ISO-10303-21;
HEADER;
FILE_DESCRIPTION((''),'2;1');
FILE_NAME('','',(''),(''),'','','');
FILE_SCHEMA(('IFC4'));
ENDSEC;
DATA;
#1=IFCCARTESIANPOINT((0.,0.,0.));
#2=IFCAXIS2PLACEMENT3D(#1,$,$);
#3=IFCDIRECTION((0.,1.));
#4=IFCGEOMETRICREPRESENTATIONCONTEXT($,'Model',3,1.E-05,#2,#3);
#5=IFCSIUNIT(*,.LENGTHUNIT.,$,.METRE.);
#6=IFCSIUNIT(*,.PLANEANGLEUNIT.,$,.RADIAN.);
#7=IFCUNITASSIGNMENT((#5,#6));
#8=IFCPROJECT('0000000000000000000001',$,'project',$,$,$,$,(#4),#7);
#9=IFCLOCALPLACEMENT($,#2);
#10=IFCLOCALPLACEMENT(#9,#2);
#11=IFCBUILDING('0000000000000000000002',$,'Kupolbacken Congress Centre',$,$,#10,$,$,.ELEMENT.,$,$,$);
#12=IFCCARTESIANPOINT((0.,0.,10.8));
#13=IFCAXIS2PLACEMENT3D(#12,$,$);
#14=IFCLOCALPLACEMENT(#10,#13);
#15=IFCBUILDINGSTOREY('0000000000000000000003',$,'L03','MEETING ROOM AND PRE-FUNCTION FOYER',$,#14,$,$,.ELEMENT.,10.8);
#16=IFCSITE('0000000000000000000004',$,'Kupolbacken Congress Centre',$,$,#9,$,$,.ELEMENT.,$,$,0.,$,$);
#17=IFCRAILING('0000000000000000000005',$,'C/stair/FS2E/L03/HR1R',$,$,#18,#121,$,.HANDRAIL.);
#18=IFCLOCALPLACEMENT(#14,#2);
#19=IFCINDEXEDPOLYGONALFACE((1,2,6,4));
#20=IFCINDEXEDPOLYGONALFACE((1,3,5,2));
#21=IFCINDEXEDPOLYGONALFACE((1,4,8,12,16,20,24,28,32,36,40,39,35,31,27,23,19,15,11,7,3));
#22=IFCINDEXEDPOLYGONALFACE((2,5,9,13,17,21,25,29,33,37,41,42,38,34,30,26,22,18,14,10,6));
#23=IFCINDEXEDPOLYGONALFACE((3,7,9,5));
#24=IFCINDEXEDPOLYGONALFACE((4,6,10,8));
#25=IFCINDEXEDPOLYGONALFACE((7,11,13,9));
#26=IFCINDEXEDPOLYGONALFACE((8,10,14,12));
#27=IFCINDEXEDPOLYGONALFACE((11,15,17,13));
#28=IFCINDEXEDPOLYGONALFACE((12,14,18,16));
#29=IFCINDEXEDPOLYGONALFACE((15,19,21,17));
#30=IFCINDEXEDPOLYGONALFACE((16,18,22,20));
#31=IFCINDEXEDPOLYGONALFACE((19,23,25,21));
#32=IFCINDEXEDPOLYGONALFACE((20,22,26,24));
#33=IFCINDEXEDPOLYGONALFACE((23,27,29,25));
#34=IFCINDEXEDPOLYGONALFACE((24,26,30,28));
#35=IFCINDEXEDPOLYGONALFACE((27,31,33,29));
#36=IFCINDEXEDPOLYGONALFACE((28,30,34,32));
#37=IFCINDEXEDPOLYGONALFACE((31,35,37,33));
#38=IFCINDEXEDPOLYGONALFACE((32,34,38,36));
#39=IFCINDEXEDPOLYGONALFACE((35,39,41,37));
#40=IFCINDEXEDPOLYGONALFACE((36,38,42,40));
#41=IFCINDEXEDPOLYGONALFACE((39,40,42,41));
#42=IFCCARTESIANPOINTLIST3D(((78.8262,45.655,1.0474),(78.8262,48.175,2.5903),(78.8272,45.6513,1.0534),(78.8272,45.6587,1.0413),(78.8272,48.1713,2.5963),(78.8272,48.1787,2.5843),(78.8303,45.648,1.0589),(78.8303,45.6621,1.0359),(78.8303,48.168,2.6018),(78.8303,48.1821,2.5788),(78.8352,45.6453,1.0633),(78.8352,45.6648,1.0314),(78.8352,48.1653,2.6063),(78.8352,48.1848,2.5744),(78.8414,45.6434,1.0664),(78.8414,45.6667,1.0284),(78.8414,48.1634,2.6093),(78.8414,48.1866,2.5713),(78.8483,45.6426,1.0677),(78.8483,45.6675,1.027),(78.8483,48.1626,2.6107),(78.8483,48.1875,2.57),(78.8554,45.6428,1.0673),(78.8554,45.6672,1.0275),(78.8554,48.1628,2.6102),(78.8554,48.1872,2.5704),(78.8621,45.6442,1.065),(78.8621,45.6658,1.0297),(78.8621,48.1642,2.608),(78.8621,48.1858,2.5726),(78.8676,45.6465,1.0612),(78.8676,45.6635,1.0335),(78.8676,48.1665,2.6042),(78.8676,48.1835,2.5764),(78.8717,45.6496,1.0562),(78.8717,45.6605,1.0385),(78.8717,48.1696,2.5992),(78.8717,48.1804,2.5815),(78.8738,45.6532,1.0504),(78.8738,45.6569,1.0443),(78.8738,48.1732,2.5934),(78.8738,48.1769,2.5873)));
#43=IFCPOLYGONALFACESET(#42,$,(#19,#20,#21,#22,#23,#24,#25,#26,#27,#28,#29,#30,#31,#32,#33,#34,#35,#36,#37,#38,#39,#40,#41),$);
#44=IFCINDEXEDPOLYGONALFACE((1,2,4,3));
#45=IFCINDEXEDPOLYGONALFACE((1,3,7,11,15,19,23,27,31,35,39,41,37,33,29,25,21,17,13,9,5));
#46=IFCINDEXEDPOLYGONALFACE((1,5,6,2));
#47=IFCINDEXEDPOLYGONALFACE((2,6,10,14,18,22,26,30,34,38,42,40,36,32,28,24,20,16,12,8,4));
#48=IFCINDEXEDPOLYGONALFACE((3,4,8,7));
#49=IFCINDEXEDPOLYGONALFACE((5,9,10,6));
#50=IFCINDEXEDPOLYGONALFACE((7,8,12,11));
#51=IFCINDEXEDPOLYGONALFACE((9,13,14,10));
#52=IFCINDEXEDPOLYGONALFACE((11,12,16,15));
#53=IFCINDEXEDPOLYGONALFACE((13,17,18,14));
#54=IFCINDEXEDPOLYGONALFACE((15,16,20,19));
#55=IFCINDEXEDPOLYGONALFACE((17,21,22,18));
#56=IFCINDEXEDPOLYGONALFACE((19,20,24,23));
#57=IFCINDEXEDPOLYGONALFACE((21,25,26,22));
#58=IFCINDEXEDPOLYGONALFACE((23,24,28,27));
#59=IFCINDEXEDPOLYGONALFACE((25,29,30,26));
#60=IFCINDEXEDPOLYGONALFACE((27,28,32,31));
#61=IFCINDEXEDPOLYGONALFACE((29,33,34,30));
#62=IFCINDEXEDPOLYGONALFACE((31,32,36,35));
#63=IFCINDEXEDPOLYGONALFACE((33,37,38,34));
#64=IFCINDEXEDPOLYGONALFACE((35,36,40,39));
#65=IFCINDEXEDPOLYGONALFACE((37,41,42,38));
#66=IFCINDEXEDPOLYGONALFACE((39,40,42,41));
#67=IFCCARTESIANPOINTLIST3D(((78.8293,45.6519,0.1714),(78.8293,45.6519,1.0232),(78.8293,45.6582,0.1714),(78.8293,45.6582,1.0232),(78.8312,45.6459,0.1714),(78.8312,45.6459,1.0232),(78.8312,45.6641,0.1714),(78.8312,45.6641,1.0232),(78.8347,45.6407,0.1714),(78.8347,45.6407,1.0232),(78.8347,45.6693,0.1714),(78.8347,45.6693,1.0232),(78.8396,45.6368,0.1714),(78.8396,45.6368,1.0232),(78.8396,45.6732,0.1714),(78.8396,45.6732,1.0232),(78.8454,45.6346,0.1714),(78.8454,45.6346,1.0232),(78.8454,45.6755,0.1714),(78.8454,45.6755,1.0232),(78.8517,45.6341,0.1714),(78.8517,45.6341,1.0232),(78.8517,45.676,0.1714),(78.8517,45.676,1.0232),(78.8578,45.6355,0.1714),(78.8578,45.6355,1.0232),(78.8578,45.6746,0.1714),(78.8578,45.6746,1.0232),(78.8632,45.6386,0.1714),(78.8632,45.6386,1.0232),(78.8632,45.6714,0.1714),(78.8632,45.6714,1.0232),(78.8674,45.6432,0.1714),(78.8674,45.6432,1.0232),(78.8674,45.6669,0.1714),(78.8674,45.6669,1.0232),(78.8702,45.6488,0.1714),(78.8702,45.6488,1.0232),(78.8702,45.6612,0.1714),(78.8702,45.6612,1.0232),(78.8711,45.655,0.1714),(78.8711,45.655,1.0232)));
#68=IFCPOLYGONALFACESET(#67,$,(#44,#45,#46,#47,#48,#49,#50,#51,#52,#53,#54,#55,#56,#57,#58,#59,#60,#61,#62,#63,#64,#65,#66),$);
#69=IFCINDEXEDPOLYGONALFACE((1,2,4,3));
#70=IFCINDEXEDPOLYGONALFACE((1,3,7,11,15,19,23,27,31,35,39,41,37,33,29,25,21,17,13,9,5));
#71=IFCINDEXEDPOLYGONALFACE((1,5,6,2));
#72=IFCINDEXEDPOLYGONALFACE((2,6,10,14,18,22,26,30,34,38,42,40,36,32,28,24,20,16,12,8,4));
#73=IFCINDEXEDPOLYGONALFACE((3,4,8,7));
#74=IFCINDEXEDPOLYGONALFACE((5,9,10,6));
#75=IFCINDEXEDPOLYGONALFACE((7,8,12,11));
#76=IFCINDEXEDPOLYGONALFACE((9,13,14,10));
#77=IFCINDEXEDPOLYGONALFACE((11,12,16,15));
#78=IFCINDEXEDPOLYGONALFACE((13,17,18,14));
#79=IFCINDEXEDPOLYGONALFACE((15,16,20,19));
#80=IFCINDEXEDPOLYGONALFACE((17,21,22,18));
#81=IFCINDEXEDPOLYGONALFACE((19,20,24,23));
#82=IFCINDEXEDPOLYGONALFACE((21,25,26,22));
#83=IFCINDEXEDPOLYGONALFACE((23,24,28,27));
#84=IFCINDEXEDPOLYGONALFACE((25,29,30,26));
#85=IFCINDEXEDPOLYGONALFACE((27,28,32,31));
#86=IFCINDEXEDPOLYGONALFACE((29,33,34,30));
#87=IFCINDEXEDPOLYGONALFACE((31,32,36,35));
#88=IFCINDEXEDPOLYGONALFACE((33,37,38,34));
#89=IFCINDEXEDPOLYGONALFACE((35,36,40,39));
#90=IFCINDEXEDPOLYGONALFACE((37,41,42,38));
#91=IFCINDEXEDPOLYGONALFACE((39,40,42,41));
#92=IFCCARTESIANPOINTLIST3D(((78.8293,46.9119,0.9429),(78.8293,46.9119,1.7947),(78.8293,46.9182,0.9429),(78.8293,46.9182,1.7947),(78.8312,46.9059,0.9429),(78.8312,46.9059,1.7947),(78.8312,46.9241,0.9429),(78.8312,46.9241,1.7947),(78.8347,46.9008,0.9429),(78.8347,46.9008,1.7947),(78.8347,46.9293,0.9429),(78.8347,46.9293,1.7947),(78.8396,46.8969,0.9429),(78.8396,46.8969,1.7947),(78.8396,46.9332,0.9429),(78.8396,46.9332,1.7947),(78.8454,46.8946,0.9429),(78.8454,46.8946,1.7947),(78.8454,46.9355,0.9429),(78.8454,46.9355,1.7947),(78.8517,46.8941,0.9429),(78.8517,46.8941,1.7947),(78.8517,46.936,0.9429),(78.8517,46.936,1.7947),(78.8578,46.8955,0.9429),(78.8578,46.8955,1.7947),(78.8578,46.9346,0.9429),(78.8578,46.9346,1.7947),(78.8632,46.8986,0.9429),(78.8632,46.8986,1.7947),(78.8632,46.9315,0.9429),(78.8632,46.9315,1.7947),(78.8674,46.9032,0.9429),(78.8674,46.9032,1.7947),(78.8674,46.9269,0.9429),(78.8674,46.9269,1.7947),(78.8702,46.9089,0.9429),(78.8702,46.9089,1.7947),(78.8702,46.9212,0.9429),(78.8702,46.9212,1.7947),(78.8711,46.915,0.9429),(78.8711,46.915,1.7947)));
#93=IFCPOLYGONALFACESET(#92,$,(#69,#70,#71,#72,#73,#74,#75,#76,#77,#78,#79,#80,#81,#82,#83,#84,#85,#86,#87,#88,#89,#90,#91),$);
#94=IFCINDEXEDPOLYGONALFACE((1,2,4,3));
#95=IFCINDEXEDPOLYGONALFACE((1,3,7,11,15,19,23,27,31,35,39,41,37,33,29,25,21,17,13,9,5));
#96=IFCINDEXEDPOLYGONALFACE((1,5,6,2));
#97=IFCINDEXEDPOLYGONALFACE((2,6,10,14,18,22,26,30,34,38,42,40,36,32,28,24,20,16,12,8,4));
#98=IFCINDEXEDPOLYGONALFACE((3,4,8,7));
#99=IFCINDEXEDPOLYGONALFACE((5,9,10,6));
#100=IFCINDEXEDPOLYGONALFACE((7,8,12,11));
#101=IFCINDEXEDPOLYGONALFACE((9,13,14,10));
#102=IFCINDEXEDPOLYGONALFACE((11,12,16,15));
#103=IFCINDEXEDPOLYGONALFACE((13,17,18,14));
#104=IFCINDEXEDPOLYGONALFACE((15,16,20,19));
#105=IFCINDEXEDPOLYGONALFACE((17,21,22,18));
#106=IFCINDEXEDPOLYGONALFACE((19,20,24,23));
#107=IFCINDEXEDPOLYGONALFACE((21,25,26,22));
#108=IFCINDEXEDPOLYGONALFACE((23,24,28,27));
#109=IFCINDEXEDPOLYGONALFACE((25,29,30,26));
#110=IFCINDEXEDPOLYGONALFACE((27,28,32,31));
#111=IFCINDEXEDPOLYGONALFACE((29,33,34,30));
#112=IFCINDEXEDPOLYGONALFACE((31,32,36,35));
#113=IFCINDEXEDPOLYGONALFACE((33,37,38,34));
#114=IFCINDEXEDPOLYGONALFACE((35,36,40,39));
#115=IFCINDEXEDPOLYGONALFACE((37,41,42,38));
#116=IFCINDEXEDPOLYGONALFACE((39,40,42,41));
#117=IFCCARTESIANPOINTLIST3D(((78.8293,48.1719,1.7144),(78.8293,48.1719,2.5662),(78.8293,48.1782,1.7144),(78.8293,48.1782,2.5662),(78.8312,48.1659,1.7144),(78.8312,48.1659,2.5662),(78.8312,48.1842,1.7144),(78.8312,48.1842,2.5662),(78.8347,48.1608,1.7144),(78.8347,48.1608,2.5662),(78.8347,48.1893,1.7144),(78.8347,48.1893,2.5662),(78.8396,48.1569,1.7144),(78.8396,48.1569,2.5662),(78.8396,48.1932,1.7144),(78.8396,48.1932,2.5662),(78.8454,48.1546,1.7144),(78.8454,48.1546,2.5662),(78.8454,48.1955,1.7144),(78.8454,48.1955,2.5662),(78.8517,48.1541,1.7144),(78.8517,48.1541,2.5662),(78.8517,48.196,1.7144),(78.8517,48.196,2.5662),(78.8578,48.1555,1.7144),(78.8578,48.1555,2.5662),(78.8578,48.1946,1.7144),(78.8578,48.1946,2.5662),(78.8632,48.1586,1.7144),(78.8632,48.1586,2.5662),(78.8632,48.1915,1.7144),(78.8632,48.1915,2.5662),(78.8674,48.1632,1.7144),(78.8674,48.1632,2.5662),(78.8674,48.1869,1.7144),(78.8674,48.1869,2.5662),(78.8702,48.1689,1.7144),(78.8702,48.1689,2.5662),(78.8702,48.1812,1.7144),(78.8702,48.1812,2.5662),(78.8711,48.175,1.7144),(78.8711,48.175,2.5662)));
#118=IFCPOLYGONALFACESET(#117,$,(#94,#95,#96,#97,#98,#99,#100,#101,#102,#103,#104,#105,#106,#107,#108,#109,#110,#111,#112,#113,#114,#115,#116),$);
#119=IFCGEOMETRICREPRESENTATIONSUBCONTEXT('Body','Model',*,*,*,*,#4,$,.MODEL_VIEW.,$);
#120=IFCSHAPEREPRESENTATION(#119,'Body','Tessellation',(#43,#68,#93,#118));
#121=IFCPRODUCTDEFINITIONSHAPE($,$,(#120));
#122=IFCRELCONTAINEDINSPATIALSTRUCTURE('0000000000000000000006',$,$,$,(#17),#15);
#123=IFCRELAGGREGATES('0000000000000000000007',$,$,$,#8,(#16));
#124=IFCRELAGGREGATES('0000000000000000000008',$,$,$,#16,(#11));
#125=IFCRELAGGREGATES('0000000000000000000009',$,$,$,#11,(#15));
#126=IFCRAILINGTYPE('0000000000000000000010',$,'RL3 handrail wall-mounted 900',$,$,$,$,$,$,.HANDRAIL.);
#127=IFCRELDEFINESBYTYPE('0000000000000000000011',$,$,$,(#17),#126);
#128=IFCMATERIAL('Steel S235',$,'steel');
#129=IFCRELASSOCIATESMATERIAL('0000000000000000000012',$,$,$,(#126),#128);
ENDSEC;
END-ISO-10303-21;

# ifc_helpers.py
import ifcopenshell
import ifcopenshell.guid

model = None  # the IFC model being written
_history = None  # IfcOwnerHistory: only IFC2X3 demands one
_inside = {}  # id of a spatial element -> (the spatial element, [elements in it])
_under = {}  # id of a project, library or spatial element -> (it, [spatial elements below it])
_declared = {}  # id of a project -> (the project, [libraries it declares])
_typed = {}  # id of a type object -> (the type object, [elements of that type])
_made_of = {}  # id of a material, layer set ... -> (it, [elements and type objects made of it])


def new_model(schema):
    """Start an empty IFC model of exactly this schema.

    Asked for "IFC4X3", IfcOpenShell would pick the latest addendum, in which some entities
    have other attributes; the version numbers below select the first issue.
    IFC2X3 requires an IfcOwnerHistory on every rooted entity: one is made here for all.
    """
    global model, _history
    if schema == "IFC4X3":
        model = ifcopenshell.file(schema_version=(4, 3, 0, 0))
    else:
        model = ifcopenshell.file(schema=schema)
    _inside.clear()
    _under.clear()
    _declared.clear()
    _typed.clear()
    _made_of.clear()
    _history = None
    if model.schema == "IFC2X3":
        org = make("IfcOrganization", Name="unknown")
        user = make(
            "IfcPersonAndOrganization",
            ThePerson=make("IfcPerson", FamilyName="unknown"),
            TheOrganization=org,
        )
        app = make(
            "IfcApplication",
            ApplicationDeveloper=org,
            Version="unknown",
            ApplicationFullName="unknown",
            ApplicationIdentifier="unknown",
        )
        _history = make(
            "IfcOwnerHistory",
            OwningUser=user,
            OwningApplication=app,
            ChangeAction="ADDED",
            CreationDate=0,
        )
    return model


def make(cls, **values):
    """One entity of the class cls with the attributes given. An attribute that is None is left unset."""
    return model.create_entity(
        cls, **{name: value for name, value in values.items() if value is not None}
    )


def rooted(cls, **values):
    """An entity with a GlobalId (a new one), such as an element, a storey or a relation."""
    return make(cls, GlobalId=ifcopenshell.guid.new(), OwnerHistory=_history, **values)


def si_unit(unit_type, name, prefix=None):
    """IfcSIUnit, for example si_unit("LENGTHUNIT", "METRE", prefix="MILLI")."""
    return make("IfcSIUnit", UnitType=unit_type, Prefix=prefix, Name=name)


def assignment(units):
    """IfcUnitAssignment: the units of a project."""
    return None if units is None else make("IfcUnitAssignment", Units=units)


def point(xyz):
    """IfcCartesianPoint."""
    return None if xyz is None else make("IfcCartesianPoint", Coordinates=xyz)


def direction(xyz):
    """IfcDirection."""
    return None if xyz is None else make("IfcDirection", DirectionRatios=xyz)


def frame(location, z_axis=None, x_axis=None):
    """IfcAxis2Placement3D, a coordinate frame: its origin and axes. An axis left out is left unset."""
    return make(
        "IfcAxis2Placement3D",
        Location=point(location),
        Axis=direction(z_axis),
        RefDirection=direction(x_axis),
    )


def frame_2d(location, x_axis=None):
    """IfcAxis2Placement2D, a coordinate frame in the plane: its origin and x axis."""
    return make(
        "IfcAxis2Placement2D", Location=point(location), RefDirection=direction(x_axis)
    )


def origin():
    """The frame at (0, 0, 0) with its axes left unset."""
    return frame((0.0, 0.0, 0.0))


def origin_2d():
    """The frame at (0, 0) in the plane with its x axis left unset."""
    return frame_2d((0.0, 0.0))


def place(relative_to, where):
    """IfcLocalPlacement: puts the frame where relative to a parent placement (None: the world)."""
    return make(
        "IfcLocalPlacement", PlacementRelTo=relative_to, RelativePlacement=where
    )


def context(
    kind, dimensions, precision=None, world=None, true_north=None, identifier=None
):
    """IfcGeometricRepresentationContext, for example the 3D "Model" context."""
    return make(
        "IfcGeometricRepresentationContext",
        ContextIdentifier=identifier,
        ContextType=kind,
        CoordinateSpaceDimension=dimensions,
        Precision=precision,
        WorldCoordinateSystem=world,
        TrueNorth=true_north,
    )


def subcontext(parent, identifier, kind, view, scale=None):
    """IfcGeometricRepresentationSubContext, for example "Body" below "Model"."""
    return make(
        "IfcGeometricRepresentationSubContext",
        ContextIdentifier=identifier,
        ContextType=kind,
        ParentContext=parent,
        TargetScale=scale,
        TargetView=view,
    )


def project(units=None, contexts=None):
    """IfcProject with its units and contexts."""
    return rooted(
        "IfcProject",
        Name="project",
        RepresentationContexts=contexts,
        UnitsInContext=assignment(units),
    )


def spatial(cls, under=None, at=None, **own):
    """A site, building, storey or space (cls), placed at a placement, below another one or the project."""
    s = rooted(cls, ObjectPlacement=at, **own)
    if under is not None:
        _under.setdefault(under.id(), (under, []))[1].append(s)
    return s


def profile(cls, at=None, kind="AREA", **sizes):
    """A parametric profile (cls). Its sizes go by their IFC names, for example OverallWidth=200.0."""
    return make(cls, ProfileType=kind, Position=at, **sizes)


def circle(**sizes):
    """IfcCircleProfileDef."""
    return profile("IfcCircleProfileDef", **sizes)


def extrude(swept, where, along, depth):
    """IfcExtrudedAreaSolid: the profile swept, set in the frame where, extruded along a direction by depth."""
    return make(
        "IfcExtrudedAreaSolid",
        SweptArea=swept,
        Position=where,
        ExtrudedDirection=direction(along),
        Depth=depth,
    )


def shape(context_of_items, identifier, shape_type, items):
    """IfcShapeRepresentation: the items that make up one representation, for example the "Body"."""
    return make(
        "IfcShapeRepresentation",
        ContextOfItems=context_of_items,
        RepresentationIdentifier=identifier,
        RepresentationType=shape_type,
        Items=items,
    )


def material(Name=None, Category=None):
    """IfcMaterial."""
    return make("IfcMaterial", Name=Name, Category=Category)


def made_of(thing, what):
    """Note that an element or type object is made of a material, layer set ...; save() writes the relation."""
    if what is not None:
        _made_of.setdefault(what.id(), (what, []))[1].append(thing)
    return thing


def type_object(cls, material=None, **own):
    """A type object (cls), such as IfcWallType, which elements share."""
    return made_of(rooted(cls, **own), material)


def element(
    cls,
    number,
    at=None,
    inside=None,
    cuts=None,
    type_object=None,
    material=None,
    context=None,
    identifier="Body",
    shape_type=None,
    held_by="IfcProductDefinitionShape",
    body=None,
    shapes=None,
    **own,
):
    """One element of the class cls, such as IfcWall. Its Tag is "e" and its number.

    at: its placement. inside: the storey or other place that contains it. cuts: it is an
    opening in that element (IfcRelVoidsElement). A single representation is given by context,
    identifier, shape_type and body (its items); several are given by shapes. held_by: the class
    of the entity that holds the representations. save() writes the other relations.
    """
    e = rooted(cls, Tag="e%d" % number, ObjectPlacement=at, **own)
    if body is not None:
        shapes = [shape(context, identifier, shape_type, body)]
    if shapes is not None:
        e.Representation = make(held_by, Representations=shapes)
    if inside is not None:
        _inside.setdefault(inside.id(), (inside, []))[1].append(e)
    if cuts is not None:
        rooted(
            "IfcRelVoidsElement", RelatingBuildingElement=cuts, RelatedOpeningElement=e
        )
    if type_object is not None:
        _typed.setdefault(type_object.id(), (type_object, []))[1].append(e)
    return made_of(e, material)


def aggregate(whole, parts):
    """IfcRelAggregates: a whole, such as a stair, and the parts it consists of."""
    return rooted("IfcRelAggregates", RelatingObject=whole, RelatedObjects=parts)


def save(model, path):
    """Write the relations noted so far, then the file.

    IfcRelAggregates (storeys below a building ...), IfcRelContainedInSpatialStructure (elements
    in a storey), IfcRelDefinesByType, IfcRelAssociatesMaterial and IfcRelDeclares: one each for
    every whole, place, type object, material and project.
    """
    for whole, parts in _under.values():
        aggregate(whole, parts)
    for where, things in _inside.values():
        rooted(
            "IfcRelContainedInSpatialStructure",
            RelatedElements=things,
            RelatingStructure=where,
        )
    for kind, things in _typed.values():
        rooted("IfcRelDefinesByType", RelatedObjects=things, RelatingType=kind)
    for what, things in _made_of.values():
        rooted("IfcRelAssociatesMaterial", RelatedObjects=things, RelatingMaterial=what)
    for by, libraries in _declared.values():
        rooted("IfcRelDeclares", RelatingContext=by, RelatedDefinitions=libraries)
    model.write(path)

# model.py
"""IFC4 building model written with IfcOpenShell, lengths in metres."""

from ifc_helpers import new_model, si_unit, direction, frame, origin, origin_2d, place, context, subcontext, project, spatial, circle, extrude, material, type_object, element, save


model = new_model("IFC4")

# Units and contexts
model_context = context("Model", 3, precision=1e-05, world=origin(), true_north=direction((0.0, 1.0)))
body_context = subcontext(model_context, "Body", "Model", "MODEL_VIEW")
ifc_project = project(units=[si_unit("LENGTHUNIT", "METRE"), si_unit("PLANEANGLEUNIT", "RADIAN")], contexts=[model_context])

# Site, building, storey
site_placement = place(None, origin())
site = spatial("IfcSite", under=ifc_project, at=site_placement, Name="Kupolbacken Congress Centre", CompositionType="ELEMENT", RefElevation=0.0)
building_placement = place(site_placement, origin())
building = spatial("IfcBuilding", under=site, at=building_placement, Name="Kupolbacken Congress Centre", CompositionType="ELEMENT")
storey_placement = place(building_placement, frame((0.0, 0.0, 10.8)))
storey = spatial("IfcBuildingStorey", under=building, at=storey_placement, Name="L03", Description="MEETING ROOM AND PRE-FUNCTION FOYER", CompositionType="ELEMENT", Elevation=10.8)

# Railing
ifc_material_1 = material(Name="Steel S235", Category="steel")
railing_type = type_object("IfcRailingType", Name="RL3 handrail wall-mounted 900", PredefinedType="HANDRAIL", material=ifc_material_1)
for number, where, name in (
    (1, (78.8501, 45.655, 0.1714), "C/stair/FS2E/L03/HR1R"),
):
    element("IfcRailing", number, at=place(storey_placement, frame(where)), inside=storey, type_object=railing_type, Name=name, PredefinedType="HANDRAIL", context=body_context, shape_type="SweptSolid", body=[
        extrude(circle(Radius=0.0239, at=origin_2d()), frame((0.0, 0.0, 0.876), z_axis=(0.0, 0.852836, 0.522178), x_axis=(-1.0, 0.0, 0.0)), (0.0, 0.0, 1.0), 2.9548),
        extrude(circle(Radius=0.021, at=origin_2d()), origin(), (0.0, 0.0, 1.0), 0.8518),
        extrude(circle(Radius=0.021, at=origin_2d()), frame((0.0, 1.26, 0.7715)), (0.0, 0.0, 1.0), 0.8518),
        extrude(circle(Radius=0.021, at=origin_2d()), frame((0.0, 2.52, 1.543)), (0.0, 0.0, 1.0), 0.8518),
    ])

save(model, "model.ifc")
